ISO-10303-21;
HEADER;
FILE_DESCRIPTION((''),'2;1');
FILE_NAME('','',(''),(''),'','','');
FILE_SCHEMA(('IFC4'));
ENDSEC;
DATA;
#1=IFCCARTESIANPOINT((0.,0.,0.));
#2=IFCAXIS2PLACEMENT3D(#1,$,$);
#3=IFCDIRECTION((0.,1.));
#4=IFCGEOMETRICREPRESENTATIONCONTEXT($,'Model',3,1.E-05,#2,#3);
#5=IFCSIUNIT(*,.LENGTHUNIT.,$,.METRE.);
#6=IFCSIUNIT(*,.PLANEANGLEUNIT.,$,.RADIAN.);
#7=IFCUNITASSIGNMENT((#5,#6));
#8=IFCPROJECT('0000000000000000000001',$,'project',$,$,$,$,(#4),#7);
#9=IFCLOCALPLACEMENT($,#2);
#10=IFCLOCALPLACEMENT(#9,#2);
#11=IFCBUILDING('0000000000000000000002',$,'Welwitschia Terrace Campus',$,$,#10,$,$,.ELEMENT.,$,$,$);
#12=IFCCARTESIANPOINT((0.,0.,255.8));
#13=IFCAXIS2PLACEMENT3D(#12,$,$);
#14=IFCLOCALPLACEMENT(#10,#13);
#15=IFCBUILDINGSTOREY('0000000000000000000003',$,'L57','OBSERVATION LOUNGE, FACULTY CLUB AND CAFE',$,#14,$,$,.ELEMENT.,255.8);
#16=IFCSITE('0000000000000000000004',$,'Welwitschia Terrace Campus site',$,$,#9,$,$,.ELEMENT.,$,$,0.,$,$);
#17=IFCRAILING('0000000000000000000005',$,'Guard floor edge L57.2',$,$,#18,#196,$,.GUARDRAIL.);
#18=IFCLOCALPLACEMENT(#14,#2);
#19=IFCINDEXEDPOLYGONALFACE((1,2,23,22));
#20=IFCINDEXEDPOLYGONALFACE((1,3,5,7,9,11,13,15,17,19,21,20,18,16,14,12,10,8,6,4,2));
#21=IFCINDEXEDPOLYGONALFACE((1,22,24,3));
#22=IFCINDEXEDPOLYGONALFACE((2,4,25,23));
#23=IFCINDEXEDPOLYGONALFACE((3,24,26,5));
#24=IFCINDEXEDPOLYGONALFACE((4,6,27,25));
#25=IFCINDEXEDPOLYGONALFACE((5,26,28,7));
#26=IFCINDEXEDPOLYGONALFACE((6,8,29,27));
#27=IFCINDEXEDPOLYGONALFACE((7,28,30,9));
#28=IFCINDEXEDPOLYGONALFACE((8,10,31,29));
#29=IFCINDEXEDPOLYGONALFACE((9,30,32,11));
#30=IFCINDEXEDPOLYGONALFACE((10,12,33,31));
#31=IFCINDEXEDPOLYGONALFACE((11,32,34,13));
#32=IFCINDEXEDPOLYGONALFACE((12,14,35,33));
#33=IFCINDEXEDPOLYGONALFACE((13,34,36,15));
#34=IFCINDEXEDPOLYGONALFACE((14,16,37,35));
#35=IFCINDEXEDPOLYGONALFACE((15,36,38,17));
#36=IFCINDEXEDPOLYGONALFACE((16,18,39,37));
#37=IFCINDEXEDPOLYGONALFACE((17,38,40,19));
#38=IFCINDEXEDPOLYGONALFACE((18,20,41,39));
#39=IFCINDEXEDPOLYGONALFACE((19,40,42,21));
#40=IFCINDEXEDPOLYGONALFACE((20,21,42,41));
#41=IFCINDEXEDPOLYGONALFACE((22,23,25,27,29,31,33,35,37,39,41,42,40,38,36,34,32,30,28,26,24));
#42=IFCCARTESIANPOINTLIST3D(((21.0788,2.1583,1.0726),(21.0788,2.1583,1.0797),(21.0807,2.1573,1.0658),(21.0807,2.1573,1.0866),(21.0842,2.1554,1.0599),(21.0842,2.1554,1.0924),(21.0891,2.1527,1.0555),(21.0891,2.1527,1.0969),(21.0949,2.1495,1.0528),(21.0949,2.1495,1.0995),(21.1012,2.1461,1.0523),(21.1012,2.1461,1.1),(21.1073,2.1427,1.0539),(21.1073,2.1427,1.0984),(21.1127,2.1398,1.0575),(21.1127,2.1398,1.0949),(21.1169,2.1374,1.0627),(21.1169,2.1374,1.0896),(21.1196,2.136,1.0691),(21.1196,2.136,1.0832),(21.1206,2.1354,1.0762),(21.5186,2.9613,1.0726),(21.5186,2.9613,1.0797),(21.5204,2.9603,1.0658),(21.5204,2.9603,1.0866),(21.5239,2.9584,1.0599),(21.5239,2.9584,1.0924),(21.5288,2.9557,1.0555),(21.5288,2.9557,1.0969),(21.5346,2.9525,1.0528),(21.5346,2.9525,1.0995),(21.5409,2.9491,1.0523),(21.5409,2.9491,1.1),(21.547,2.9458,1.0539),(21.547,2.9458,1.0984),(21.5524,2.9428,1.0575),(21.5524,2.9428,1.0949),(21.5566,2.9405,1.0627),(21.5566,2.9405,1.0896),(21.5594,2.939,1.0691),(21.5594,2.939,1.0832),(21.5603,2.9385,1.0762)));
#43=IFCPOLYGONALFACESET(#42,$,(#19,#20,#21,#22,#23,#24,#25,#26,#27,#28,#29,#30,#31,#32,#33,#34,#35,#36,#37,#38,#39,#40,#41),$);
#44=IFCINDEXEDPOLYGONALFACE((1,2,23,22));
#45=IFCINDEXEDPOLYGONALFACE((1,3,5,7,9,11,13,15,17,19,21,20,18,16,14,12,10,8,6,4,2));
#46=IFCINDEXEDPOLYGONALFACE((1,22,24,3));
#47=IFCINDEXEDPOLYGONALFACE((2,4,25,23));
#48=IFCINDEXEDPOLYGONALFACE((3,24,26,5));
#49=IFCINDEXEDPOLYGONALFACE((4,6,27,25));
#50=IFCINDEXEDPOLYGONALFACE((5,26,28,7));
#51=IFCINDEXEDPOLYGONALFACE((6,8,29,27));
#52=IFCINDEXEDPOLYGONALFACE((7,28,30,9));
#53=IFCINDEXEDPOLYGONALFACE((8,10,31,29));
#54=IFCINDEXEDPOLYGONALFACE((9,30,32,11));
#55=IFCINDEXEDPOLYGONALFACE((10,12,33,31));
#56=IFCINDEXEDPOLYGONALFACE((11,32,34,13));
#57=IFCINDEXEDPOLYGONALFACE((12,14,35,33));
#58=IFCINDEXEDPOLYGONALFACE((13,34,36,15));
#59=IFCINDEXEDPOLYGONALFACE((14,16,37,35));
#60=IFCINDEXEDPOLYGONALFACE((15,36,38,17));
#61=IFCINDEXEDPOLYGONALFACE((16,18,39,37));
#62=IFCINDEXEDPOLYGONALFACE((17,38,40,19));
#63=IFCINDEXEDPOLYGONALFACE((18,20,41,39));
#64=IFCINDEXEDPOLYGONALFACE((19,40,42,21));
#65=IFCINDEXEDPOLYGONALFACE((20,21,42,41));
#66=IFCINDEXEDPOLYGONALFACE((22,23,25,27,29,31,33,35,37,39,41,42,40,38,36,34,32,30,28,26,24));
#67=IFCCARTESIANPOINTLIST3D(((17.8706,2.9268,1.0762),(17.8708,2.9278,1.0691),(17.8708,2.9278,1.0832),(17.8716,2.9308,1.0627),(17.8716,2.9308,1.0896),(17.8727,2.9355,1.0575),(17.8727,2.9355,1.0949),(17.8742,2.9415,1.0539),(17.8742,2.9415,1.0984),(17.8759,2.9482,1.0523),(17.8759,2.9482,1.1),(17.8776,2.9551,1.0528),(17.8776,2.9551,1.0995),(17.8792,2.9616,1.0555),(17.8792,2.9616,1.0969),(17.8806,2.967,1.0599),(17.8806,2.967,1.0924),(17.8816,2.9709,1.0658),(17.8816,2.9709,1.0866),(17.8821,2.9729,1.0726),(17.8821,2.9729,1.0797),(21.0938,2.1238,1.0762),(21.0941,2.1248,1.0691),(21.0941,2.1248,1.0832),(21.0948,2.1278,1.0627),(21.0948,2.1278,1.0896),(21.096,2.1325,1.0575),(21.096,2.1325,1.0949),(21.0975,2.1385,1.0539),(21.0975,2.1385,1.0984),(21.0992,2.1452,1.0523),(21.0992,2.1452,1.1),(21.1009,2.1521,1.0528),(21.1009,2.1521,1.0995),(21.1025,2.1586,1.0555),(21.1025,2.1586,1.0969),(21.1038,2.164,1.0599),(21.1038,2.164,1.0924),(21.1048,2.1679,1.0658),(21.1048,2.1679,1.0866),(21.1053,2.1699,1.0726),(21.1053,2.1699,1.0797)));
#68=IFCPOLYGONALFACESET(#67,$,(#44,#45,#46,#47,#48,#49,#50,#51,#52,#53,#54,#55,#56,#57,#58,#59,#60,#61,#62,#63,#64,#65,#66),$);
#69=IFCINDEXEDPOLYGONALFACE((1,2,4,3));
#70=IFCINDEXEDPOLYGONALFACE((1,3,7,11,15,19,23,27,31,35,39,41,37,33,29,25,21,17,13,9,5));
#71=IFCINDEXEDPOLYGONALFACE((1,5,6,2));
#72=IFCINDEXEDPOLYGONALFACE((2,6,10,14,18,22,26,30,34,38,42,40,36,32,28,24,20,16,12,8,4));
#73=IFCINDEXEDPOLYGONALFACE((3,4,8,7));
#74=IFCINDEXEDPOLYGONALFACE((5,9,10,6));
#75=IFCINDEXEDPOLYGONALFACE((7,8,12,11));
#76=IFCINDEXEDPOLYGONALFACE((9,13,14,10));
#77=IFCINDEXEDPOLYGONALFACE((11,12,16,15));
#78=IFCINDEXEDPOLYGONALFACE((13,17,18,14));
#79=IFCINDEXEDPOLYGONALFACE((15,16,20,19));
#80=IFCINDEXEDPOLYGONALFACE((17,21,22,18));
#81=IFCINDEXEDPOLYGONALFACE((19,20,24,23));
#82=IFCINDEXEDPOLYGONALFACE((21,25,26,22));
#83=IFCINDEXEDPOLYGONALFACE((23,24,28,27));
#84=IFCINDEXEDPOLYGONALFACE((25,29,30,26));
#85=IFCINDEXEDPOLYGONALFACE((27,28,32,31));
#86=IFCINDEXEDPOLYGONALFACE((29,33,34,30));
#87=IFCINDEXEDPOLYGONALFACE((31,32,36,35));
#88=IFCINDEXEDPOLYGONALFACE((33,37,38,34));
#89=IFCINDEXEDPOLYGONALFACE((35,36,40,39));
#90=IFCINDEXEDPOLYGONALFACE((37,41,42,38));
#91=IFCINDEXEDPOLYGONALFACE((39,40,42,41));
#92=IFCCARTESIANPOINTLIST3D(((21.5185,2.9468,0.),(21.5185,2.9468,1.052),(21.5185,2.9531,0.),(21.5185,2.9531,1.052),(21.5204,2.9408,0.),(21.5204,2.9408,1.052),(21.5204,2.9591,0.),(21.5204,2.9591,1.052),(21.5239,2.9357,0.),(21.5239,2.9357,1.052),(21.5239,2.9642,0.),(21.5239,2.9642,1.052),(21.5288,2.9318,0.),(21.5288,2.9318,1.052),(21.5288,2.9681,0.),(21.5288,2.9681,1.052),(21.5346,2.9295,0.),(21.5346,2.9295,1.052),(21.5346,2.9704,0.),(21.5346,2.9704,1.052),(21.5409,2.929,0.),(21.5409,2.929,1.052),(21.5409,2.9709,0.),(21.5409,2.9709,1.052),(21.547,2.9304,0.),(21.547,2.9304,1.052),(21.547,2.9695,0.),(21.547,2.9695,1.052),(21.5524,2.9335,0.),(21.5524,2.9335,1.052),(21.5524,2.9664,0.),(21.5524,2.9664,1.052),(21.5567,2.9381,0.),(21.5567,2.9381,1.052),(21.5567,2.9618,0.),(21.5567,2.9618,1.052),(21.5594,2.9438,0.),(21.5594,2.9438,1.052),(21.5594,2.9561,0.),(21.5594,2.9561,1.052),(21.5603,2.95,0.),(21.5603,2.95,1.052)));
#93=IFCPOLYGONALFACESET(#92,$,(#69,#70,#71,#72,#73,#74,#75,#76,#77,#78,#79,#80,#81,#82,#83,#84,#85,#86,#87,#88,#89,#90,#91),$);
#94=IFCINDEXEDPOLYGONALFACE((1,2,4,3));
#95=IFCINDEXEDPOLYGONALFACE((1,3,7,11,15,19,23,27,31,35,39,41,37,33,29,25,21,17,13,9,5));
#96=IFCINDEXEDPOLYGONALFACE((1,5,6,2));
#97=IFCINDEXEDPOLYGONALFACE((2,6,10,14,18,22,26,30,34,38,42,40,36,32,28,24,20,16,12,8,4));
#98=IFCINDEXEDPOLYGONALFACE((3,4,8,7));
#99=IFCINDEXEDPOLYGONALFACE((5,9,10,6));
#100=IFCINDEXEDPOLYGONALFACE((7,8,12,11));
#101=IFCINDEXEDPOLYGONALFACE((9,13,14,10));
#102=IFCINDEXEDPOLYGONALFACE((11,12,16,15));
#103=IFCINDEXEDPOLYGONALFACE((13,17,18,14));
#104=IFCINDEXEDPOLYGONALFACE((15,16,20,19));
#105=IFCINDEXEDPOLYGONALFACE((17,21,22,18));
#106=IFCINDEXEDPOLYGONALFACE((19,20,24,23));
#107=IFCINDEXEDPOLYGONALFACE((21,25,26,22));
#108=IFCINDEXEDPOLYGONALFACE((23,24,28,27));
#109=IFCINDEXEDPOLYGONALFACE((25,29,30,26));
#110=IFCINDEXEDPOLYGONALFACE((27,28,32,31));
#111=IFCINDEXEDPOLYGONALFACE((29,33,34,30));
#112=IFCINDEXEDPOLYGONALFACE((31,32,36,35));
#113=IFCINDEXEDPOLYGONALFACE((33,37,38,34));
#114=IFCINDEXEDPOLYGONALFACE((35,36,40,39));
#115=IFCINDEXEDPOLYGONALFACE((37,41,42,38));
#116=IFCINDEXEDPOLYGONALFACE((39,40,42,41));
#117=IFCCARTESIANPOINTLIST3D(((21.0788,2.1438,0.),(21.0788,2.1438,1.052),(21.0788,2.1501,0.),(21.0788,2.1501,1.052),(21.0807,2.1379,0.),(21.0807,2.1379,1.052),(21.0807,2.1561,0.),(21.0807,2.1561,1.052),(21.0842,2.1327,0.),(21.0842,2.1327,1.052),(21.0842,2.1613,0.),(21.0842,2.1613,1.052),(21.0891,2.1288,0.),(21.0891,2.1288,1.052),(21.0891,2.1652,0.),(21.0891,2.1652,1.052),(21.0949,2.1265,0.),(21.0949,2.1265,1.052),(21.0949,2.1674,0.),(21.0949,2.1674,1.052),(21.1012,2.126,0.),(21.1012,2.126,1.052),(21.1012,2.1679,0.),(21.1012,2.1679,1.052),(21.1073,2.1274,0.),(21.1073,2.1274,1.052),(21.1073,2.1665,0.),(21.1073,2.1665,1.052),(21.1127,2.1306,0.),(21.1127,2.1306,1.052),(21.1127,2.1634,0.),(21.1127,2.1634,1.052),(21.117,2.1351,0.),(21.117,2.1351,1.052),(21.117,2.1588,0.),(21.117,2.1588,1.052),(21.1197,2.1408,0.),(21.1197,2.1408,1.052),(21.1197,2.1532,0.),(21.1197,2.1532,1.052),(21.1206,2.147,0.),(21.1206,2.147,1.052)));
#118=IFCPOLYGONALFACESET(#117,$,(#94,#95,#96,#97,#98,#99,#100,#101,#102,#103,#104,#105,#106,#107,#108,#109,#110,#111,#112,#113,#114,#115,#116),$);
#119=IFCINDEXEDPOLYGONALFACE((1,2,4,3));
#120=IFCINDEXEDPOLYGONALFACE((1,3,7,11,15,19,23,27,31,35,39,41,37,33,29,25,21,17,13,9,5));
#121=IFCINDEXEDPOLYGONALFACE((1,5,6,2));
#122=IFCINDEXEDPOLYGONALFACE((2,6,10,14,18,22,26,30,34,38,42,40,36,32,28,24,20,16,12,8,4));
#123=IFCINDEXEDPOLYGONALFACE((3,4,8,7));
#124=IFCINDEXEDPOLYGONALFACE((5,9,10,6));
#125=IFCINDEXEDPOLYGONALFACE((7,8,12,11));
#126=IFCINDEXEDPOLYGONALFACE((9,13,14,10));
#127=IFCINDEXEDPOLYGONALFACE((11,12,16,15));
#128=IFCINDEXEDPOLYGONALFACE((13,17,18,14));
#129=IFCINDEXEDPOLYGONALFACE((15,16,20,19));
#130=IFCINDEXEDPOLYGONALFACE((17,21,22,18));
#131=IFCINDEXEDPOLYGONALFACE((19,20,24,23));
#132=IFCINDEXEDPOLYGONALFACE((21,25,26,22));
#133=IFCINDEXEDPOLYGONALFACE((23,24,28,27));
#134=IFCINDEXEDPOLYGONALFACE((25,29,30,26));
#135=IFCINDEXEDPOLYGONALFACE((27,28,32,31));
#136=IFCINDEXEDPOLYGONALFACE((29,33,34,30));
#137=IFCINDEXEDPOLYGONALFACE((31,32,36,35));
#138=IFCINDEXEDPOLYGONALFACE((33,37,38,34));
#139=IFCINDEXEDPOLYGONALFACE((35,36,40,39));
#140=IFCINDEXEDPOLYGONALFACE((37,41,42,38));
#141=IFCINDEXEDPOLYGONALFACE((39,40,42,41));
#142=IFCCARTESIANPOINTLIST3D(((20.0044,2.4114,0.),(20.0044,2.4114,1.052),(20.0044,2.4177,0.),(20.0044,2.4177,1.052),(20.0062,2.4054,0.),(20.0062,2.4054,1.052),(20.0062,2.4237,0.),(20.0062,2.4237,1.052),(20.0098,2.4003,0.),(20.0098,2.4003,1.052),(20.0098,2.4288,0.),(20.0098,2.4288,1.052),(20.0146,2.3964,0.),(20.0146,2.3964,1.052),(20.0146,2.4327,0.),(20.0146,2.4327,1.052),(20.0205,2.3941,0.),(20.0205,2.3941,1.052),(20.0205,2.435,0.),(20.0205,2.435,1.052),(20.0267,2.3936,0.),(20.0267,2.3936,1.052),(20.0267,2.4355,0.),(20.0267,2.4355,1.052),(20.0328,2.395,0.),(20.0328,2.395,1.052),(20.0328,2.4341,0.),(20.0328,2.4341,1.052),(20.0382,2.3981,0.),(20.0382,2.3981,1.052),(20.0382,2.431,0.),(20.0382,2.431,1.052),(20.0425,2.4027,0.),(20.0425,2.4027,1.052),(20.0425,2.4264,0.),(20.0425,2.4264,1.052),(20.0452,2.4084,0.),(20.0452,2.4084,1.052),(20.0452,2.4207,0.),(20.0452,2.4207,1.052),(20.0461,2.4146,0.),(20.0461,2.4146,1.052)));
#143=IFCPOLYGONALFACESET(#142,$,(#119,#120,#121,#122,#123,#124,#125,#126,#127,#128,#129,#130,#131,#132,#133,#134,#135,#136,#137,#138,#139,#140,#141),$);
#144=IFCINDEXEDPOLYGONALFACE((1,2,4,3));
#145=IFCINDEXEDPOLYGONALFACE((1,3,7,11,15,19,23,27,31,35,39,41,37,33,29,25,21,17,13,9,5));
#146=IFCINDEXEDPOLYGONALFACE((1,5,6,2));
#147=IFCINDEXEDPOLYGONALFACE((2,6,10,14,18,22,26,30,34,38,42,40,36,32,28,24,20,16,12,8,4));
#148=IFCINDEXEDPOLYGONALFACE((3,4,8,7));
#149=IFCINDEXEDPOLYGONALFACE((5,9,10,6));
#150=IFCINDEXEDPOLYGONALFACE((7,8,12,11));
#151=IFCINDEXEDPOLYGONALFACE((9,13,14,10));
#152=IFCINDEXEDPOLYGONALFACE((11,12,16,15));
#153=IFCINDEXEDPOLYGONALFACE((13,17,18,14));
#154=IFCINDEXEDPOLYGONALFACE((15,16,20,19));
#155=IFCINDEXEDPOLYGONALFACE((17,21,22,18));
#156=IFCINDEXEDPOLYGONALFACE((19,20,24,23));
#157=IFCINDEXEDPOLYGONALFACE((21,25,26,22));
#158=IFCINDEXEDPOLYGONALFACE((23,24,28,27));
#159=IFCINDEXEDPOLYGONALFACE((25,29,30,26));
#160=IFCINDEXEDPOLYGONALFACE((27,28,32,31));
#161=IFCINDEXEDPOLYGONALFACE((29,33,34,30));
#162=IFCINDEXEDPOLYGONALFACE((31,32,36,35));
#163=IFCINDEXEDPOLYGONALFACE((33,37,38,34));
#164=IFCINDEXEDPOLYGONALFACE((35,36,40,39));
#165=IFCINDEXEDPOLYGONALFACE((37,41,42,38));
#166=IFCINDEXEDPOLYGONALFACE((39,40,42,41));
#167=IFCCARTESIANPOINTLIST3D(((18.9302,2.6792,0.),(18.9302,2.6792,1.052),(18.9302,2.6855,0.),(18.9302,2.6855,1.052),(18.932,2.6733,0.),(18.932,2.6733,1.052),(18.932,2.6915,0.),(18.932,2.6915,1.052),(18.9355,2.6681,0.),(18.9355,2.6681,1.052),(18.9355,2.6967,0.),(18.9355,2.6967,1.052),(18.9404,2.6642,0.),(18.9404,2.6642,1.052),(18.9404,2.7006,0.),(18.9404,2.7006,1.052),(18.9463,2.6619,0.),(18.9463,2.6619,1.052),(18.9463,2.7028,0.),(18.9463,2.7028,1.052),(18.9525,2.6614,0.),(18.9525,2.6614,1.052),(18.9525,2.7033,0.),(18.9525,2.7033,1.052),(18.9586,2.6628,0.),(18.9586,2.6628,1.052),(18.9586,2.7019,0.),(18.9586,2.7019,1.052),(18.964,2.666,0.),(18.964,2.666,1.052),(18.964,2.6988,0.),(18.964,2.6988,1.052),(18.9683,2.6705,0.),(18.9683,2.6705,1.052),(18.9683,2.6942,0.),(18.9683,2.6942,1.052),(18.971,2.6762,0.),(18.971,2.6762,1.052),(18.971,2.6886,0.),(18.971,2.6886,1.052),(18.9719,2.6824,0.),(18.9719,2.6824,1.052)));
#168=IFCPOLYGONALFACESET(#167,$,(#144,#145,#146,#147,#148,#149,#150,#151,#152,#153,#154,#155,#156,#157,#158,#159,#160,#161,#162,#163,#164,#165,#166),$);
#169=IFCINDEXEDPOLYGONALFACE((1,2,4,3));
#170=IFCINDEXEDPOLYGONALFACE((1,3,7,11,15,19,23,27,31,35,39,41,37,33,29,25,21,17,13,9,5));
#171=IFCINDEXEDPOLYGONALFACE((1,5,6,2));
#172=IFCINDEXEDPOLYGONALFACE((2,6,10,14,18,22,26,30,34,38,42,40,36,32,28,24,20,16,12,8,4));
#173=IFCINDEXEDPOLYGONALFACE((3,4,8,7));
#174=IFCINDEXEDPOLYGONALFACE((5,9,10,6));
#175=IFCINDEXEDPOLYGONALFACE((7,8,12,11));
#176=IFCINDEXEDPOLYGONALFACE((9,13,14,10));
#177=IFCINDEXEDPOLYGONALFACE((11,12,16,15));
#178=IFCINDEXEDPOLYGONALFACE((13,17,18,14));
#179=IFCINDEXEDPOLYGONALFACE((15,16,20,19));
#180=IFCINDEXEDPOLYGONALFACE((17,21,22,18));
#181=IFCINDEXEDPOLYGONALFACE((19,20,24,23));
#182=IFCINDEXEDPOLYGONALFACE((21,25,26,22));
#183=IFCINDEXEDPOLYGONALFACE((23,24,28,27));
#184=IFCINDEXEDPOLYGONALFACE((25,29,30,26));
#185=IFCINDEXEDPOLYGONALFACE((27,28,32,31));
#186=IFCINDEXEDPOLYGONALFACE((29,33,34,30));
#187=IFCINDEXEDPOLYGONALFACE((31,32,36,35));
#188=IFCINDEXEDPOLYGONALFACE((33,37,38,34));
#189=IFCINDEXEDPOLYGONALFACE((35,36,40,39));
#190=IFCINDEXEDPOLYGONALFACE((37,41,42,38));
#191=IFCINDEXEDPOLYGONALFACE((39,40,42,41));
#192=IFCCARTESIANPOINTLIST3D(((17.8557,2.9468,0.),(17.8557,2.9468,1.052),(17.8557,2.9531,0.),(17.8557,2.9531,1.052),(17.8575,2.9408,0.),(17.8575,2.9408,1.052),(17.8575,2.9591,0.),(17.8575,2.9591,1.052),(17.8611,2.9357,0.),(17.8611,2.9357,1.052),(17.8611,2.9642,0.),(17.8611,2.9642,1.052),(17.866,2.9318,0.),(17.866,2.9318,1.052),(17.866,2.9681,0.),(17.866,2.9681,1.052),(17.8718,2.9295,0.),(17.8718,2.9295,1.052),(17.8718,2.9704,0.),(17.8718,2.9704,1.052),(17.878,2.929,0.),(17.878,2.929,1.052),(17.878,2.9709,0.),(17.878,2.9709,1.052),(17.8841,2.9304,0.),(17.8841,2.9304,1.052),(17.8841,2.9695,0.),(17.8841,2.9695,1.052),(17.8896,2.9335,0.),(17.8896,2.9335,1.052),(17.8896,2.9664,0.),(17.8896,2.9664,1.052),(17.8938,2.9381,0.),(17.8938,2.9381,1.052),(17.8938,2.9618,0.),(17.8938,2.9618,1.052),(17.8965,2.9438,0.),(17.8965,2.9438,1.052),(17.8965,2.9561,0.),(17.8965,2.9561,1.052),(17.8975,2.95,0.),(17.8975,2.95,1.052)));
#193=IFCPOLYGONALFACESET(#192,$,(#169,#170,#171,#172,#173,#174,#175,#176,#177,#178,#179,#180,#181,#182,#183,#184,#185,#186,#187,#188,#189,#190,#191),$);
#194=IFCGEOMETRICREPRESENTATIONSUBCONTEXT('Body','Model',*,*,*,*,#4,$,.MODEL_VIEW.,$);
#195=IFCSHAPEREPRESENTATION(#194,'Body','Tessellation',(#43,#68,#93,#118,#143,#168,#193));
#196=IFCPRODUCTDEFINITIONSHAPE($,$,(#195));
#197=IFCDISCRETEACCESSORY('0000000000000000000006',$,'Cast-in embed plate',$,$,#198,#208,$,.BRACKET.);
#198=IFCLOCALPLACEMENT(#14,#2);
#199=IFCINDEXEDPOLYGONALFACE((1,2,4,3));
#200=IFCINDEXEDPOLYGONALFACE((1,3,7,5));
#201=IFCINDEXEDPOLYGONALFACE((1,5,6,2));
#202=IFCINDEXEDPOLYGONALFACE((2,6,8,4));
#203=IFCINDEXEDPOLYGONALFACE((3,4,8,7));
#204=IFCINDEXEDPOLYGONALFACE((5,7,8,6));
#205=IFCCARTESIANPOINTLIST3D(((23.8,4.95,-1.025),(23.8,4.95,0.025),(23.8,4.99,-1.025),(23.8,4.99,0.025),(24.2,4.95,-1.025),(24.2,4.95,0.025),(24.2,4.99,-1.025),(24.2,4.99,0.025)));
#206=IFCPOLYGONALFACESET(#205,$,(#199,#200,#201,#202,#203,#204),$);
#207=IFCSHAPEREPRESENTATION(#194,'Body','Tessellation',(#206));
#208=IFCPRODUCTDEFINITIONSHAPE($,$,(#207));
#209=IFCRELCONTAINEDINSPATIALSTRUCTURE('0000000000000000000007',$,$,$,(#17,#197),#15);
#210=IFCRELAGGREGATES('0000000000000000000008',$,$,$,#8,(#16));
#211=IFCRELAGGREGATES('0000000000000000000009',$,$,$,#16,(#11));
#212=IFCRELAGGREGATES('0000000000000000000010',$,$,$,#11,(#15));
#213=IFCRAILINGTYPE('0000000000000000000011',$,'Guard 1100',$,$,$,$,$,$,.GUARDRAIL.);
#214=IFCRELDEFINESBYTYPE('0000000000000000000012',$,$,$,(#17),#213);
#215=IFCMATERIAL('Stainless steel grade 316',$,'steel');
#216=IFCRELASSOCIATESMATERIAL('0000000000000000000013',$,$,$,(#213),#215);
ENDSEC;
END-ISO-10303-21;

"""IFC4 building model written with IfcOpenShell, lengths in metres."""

from ifc_helpers import new_model, si_unit, direction, frame, origin, origin_2d, place, context, subcontext, project, spatial, rectangle, circle, extrude, material, type_object, element, save


model = new_model("IFC4")

# Units and contexts
model_context = context("Model", 3, precision=1e-05, world=origin(), true_north=direction((0.0, 1.0)))
body_context = subcontext(model_context, "Body", "Model", "MODEL_VIEW")
ifc_project = project(units=[si_unit("LENGTHUNIT", "METRE"), si_unit("PLANEANGLEUNIT", "RADIAN")], contexts=[model_context])

# Site, building, storey
site_placement = place(None, origin())
site = spatial("IfcSite", under=ifc_project, at=site_placement, Name="Welwitschia Terrace Campus site", CompositionType="ELEMENT", RefElevation=0.0)
building_placement = place(site_placement, origin())
building = spatial("IfcBuilding", under=site, at=building_placement, Name="Welwitschia Terrace Campus", CompositionType="ELEMENT")
storey_placement = place(building_placement, frame((0.0, 0.0, 255.8)))
storey = spatial("IfcBuildingStorey", under=building, at=storey_placement, Name="L57", Description="OBSERVATION LOUNGE, FACULTY CLUB AND CAFE", CompositionType="ELEMENT", Elevation=255.8)

# Railing
ifc_material_1 = material(Name="Stainless steel grade 316", Category="steel")
railing_type_1 = type_object("IfcRailingType", Name="Guard 1100", PredefinedType="GUARDRAIL", material=ifc_material_1)
railing_1_placement = place(storey_placement, frame((21.5393, 2.95, 0.0)))
element("IfcRailing", 1, at=railing_1_placement, inside=storey, type_object=railing_type_1, Name="Guard floor edge L57.2", PredefinedType="GUARDRAIL", context=body_context, shape_type="SweptSolid", body=[
    extrude(circle(Radius=0.0239, at=origin_2d()), frame((0.0, 0.0, 1.0762), z_axis=(-0.48029, -0.87711, 0.0), x_axis=(0.87711, -0.48029, 0.0)), (0.0, 0.0, 1.0), 0.9155),
    extrude(circle(Radius=0.0239, at=origin_2d()), frame((-0.4397, -0.803, 1.0762), z_axis=(-0.970341, 0.24174, 0.0), x_axis=(-0.24174, -0.970341, 0.0)), (0.0, 0.0, 1.0), 3.3218),
    extrude(circle(Radius=0.021, at=origin_2d()), origin(), (0.0, 0.0, 1.0), 1.052),
    extrude(circle(Radius=0.021, at=origin_2d()), frame((-0.4397, -0.803, 0.0)), (0.0, 0.0, 1.0), 1.052),
    extrude(circle(Radius=0.021, at=origin_2d()), frame((-1.5142, -0.5354, 0.0)), (0.0, 0.0, 1.0), 1.052),
    extrude(circle(Radius=0.021, at=origin_2d()), frame((-2.5884, -0.2676, 0.0)), (0.0, 0.0, 1.0), 1.052),
    extrude(circle(Radius=0.021, at=origin_2d()), frame((-3.6628, 0.0, 0.0)), (0.0, 0.0, 1.0), 1.052),
])

# Discrete accessory
discrete_accessory_1_placement = place(storey_placement, frame((24.0, 4.95, -0.5), z_axis=(0.0, 1.0, 0.0), x_axis=(-1.0, 0.0, 0.0)))
element("IfcDiscreteAccessory", 2, at=discrete_accessory_1_placement, inside=storey, Name="Cast-in embed plate", PredefinedType="BRACKET", context=body_context, shape_type="SweptSolid", body=[
    extrude(rectangle(XDim=0.3999, YDim=1.05, at=origin_2d()), origin(), (0.0, 0.0, 1.0), 0.04),
])

save(model, "model.ifc")
